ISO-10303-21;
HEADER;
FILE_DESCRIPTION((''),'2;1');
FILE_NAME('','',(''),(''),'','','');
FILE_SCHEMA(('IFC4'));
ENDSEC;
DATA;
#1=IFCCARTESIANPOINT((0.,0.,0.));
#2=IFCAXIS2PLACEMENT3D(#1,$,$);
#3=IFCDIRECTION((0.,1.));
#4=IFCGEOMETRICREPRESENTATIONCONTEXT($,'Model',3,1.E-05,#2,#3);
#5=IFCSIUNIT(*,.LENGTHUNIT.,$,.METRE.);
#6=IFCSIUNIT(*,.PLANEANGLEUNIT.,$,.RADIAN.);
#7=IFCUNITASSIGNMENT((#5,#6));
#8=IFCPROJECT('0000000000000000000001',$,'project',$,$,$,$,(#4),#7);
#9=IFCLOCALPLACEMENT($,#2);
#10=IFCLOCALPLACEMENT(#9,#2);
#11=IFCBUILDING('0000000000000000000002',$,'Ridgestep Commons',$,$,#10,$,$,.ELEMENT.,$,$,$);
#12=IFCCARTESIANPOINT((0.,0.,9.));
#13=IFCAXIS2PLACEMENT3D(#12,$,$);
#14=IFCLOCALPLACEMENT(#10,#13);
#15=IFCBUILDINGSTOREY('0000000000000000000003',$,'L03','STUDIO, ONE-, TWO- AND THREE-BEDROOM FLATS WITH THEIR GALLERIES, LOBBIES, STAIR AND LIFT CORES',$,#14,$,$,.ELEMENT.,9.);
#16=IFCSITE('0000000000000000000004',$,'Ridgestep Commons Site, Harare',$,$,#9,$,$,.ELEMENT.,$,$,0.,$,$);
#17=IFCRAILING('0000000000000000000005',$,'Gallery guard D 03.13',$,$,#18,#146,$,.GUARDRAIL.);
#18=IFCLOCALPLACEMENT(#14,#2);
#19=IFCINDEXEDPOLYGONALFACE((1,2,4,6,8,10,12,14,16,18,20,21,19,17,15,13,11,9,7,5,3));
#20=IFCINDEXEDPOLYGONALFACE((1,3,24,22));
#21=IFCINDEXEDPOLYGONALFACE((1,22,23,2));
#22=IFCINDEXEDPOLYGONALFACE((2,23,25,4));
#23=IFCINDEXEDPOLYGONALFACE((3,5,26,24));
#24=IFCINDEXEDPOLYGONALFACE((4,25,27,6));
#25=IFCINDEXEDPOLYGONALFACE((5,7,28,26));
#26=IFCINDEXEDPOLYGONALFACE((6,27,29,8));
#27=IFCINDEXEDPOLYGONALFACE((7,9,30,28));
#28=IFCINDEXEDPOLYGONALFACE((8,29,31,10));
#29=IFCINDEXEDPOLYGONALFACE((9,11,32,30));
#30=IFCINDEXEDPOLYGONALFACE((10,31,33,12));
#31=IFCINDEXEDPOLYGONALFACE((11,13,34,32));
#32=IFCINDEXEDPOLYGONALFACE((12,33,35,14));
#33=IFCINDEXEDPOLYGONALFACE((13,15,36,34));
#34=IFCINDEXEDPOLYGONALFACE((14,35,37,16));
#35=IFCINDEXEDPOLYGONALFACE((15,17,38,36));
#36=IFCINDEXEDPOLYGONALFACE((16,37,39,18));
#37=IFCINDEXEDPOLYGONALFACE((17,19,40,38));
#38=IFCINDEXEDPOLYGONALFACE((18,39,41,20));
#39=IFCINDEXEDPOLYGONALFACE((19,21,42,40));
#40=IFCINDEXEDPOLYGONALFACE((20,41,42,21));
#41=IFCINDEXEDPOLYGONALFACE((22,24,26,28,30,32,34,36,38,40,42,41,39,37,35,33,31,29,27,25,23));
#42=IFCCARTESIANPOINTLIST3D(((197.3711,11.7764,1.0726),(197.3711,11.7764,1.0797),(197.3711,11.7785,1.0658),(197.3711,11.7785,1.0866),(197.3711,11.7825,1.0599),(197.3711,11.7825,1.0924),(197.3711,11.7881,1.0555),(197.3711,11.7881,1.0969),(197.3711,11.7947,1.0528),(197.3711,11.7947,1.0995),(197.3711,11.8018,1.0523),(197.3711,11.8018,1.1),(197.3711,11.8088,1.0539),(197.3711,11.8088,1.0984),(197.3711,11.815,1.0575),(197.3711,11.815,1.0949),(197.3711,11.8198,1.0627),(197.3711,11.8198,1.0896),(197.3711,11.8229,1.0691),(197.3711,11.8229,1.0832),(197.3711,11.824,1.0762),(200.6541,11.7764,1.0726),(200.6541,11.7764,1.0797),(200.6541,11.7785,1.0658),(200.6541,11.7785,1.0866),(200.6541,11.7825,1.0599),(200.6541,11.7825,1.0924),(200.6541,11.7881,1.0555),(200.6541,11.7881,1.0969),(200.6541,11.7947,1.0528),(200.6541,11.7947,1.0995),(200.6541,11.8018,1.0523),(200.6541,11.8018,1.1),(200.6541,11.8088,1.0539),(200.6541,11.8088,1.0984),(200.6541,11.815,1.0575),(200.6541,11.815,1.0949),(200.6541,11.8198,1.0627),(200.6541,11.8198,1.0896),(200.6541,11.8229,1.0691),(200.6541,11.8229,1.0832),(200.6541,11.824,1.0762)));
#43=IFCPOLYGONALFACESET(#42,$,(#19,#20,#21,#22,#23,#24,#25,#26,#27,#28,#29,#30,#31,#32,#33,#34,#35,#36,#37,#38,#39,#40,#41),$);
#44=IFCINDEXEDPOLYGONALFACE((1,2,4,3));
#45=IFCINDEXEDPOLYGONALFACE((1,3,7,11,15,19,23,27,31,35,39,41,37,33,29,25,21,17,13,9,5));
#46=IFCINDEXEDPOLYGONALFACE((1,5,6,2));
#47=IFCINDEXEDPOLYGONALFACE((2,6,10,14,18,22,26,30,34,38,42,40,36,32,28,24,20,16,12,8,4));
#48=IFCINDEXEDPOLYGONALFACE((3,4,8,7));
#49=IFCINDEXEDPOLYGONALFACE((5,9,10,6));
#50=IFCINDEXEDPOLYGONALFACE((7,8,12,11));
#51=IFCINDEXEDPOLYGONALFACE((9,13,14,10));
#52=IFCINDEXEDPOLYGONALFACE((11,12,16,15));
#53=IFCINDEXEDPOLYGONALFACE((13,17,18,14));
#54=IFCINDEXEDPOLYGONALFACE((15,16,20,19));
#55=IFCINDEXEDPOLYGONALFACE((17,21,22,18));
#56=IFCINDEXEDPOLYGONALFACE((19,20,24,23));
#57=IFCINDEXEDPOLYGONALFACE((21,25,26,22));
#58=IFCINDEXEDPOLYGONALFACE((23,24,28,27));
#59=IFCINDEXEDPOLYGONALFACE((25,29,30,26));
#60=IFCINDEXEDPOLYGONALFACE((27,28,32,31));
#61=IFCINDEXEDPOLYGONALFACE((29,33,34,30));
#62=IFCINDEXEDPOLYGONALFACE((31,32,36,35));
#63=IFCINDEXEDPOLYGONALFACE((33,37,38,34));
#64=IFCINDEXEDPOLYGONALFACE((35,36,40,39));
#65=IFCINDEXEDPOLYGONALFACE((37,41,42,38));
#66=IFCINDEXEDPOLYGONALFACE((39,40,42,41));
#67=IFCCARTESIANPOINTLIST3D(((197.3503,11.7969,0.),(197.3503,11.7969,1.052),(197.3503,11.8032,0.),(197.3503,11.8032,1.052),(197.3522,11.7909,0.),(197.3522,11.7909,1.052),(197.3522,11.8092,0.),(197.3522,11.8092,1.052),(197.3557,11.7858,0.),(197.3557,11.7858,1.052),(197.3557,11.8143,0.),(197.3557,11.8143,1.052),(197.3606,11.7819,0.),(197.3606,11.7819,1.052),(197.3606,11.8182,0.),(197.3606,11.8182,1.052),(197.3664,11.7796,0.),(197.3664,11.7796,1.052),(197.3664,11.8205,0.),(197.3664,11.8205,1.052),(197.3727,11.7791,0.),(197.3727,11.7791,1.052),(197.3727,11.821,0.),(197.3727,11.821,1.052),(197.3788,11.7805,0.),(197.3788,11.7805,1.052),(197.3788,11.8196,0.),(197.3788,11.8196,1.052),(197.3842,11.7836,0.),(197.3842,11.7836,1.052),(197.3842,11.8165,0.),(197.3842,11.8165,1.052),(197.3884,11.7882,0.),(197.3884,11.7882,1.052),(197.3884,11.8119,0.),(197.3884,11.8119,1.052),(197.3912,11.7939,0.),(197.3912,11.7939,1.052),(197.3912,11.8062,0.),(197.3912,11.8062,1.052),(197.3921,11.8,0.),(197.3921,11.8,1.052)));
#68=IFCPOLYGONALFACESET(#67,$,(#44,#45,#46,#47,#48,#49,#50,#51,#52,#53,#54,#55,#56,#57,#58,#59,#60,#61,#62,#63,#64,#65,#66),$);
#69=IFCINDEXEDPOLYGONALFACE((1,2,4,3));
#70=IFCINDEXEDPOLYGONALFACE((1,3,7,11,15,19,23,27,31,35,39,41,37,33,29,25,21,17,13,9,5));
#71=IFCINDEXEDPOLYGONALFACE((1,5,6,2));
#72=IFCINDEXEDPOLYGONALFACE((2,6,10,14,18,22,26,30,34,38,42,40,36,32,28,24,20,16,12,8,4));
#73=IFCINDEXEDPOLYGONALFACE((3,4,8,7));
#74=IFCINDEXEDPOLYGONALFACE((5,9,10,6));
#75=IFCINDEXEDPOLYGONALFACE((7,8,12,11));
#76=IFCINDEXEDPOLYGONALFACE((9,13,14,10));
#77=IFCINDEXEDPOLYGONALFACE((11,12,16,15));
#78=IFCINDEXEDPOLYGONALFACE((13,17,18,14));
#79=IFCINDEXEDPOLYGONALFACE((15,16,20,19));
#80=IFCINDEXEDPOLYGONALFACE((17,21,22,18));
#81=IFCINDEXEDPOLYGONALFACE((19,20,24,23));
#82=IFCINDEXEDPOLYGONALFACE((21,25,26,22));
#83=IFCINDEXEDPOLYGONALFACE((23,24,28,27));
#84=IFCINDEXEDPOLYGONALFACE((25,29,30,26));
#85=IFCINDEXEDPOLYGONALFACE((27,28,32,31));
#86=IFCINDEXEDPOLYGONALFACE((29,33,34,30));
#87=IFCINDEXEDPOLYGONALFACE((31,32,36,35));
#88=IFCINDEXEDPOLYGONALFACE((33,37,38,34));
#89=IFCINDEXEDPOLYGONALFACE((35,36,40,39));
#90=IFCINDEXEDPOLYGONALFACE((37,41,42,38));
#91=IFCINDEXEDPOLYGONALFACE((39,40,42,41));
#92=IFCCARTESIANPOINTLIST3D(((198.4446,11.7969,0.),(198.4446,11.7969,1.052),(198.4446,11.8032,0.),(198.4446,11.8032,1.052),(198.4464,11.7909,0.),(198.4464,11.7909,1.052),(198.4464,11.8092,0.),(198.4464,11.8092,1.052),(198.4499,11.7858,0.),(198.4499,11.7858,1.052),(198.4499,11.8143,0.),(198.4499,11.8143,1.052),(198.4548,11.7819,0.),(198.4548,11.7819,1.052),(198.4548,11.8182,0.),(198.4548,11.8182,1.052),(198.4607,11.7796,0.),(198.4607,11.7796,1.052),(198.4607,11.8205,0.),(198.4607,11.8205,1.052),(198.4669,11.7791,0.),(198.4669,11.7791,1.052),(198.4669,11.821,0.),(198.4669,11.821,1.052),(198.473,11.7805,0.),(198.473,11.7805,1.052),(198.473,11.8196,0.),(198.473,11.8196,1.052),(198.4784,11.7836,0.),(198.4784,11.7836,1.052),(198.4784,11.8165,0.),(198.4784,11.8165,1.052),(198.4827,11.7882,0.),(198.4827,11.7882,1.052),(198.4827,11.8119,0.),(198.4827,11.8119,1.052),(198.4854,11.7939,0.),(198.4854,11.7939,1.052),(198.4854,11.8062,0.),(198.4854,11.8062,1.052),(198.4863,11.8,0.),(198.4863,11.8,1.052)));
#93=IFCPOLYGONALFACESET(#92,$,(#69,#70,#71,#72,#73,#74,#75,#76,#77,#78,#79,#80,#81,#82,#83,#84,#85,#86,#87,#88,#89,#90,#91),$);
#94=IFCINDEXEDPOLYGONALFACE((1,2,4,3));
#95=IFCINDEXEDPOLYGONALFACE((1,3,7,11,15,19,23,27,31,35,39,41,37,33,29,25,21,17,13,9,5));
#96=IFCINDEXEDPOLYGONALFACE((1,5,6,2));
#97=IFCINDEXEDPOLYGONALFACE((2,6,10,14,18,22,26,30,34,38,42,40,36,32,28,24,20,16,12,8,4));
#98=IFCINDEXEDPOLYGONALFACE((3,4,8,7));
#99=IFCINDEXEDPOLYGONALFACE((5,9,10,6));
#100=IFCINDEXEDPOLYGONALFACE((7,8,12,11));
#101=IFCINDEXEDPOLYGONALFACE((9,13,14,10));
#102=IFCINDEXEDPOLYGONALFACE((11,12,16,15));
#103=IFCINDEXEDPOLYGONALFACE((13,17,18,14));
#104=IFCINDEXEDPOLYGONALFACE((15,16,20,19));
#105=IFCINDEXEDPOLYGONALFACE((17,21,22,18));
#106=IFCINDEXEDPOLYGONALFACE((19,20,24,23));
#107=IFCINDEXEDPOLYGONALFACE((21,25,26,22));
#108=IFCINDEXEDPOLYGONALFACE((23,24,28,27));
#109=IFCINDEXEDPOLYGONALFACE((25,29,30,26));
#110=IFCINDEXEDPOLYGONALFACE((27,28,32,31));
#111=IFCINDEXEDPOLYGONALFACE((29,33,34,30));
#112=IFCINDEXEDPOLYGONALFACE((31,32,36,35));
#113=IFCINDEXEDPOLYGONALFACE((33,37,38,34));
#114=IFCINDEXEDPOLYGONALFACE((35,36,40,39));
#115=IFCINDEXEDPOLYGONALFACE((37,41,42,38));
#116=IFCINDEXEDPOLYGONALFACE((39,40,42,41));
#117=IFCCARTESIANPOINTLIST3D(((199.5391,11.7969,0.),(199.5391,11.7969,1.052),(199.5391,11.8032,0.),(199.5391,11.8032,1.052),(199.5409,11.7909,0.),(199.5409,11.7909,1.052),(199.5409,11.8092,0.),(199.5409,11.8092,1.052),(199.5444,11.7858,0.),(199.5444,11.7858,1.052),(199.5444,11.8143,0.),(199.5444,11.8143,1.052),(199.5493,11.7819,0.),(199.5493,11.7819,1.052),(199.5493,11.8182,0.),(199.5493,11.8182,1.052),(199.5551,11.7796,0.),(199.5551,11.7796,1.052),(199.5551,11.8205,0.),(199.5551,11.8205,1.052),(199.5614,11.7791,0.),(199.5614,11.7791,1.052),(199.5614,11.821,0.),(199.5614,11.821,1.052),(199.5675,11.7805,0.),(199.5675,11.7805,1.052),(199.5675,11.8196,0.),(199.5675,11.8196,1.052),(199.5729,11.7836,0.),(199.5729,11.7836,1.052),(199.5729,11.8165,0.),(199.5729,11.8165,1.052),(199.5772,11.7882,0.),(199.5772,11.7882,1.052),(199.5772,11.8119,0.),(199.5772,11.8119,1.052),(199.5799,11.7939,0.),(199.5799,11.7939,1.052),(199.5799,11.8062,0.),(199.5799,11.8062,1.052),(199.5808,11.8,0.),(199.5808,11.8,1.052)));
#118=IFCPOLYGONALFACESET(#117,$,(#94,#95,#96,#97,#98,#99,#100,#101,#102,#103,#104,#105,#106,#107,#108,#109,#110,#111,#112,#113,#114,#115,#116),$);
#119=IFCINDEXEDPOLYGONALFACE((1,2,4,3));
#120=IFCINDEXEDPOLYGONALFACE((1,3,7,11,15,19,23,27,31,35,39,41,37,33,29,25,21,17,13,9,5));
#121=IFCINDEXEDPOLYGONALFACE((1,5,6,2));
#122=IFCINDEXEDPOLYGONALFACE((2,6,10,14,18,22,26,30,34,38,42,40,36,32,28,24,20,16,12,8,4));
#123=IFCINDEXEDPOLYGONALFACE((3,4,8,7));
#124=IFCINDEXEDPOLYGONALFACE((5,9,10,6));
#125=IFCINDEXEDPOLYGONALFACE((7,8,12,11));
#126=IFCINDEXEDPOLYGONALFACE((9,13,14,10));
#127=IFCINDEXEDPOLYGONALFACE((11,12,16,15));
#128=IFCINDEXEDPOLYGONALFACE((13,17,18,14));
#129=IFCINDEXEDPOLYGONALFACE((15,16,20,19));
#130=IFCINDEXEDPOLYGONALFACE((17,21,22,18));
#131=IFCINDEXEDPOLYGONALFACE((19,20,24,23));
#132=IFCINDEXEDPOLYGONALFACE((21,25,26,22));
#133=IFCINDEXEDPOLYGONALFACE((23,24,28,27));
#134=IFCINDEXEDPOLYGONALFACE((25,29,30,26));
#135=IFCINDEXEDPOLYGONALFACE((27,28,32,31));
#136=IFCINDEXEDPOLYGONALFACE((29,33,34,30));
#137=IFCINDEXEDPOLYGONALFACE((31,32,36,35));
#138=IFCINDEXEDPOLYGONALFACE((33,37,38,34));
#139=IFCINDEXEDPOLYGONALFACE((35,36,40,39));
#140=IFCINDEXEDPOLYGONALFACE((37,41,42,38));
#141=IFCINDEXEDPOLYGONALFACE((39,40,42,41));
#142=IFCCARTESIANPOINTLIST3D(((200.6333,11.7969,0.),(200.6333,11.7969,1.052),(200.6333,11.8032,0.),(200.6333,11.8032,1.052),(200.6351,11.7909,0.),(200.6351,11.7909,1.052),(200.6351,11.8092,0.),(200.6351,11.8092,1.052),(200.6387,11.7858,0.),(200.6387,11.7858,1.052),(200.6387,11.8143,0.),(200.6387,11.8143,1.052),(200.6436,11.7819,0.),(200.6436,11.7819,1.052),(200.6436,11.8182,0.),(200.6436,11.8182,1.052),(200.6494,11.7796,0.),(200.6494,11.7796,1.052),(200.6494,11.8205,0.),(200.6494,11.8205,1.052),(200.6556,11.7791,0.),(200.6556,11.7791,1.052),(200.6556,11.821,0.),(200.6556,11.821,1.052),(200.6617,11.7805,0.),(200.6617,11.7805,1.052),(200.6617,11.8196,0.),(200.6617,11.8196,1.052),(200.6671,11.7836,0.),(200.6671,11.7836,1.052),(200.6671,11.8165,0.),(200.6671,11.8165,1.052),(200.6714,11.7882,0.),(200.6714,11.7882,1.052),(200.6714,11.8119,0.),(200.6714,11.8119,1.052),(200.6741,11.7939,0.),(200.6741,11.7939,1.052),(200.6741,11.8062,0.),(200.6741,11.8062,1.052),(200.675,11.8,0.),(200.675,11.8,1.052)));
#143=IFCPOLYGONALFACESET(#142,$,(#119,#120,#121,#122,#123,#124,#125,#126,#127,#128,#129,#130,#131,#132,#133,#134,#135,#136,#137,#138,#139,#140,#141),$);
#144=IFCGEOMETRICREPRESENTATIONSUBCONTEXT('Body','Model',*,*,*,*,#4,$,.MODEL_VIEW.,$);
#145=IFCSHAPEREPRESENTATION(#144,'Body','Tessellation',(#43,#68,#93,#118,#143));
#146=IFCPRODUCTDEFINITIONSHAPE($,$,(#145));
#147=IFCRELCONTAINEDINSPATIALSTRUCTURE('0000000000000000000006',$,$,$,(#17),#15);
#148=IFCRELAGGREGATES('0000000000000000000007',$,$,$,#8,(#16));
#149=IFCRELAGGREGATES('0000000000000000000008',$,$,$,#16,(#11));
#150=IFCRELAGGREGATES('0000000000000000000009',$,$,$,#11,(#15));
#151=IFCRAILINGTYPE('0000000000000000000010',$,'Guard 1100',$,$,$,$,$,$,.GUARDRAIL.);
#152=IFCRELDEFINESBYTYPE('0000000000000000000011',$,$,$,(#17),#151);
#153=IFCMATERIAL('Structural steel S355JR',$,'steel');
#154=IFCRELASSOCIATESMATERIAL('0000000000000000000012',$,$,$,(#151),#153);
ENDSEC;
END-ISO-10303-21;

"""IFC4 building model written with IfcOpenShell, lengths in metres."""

from ifc_helpers import new_model, si_unit, direction, frame, origin, origin_2d, place, context, subcontext, project, spatial, circle, extrude, material, type_object, element, save


model = new_model("IFC4")

# Units and contexts
model_context = context("Model", 3, precision=1e-05, world=origin(), true_north=direction((0.0, 1.0)))
body_context = subcontext(model_context, "Body", "Model", "MODEL_VIEW")
ifc_project = project(units=[si_unit("LENGTHUNIT", "METRE"), si_unit("PLANEANGLEUNIT", "RADIAN")], contexts=[model_context])

# Site, building, storey
site_placement = place(None, origin())
site = spatial("IfcSite", under=ifc_project, at=site_placement, Name="Ridgestep Commons Site, Harare", CompositionType="ELEMENT", RefElevation=0.0)
building_placement = place(site_placement, origin())
building = spatial("IfcBuilding", under=site, at=building_placement, Name="Ridgestep Commons", CompositionType="ELEMENT")
storey_placement = place(building_placement, frame((0.0, 0.0, 9.0)))
storey = spatial("IfcBuildingStorey", under=building, at=storey_placement, Name="L03", Description="STUDIO, ONE-, TWO- AND THREE-BEDROOM FLATS WITH THEIR GALLERIES, LOBBIES, STAIR AND LIFT CORES", CompositionType="ELEMENT", Elevation=9.0)

# Railing
ifc_material_1 = material(Name="Structural steel S355JR", Category="steel")
railing_type_1 = type_object("IfcRailingType", Name="Guard 1100", PredefinedType="GUARDRAIL", material=ifc_material_1)
railing_1_placement = place(storey_placement, frame((197.3711, 11.8, 0.0)))
element("IfcRailing", 1, at=railing_1_placement, inside=storey, type_object=railing_type_1, Name="Gallery guard D 03.13", PredefinedType="GUARDRAIL", context=body_context, shape_type="SweptSolid", body=[
    extrude(circle(Radius=0.0239, at=origin_2d()), frame((0.0, 0.0, 1.0762), z_axis=(1.0, 0.0, 0.0), x_axis=(0.0, 1.0, 0.0)), (0.0, 0.0, 1.0), 3.283),
    extrude(circle(Radius=0.021, at=origin_2d()), origin(), (0.0, 0.0, 1.0), 1.052),
    extrude(circle(Radius=0.021, at=origin_2d()), frame((1.0942, 0.0, 0.0)), (0.0, 0.0, 1.0), 1.052),
    extrude(circle(Radius=0.021, at=origin_2d()), frame((2.1887, 0.0, 0.0)), (0.0, 0.0, 1.0), 1.052),
    extrude(circle(Radius=0.021, at=origin_2d()), frame((3.283, 0.0, 0.0)), (0.0, 0.0, 1.0), 1.052),
])

save(model, "model.ifc")
